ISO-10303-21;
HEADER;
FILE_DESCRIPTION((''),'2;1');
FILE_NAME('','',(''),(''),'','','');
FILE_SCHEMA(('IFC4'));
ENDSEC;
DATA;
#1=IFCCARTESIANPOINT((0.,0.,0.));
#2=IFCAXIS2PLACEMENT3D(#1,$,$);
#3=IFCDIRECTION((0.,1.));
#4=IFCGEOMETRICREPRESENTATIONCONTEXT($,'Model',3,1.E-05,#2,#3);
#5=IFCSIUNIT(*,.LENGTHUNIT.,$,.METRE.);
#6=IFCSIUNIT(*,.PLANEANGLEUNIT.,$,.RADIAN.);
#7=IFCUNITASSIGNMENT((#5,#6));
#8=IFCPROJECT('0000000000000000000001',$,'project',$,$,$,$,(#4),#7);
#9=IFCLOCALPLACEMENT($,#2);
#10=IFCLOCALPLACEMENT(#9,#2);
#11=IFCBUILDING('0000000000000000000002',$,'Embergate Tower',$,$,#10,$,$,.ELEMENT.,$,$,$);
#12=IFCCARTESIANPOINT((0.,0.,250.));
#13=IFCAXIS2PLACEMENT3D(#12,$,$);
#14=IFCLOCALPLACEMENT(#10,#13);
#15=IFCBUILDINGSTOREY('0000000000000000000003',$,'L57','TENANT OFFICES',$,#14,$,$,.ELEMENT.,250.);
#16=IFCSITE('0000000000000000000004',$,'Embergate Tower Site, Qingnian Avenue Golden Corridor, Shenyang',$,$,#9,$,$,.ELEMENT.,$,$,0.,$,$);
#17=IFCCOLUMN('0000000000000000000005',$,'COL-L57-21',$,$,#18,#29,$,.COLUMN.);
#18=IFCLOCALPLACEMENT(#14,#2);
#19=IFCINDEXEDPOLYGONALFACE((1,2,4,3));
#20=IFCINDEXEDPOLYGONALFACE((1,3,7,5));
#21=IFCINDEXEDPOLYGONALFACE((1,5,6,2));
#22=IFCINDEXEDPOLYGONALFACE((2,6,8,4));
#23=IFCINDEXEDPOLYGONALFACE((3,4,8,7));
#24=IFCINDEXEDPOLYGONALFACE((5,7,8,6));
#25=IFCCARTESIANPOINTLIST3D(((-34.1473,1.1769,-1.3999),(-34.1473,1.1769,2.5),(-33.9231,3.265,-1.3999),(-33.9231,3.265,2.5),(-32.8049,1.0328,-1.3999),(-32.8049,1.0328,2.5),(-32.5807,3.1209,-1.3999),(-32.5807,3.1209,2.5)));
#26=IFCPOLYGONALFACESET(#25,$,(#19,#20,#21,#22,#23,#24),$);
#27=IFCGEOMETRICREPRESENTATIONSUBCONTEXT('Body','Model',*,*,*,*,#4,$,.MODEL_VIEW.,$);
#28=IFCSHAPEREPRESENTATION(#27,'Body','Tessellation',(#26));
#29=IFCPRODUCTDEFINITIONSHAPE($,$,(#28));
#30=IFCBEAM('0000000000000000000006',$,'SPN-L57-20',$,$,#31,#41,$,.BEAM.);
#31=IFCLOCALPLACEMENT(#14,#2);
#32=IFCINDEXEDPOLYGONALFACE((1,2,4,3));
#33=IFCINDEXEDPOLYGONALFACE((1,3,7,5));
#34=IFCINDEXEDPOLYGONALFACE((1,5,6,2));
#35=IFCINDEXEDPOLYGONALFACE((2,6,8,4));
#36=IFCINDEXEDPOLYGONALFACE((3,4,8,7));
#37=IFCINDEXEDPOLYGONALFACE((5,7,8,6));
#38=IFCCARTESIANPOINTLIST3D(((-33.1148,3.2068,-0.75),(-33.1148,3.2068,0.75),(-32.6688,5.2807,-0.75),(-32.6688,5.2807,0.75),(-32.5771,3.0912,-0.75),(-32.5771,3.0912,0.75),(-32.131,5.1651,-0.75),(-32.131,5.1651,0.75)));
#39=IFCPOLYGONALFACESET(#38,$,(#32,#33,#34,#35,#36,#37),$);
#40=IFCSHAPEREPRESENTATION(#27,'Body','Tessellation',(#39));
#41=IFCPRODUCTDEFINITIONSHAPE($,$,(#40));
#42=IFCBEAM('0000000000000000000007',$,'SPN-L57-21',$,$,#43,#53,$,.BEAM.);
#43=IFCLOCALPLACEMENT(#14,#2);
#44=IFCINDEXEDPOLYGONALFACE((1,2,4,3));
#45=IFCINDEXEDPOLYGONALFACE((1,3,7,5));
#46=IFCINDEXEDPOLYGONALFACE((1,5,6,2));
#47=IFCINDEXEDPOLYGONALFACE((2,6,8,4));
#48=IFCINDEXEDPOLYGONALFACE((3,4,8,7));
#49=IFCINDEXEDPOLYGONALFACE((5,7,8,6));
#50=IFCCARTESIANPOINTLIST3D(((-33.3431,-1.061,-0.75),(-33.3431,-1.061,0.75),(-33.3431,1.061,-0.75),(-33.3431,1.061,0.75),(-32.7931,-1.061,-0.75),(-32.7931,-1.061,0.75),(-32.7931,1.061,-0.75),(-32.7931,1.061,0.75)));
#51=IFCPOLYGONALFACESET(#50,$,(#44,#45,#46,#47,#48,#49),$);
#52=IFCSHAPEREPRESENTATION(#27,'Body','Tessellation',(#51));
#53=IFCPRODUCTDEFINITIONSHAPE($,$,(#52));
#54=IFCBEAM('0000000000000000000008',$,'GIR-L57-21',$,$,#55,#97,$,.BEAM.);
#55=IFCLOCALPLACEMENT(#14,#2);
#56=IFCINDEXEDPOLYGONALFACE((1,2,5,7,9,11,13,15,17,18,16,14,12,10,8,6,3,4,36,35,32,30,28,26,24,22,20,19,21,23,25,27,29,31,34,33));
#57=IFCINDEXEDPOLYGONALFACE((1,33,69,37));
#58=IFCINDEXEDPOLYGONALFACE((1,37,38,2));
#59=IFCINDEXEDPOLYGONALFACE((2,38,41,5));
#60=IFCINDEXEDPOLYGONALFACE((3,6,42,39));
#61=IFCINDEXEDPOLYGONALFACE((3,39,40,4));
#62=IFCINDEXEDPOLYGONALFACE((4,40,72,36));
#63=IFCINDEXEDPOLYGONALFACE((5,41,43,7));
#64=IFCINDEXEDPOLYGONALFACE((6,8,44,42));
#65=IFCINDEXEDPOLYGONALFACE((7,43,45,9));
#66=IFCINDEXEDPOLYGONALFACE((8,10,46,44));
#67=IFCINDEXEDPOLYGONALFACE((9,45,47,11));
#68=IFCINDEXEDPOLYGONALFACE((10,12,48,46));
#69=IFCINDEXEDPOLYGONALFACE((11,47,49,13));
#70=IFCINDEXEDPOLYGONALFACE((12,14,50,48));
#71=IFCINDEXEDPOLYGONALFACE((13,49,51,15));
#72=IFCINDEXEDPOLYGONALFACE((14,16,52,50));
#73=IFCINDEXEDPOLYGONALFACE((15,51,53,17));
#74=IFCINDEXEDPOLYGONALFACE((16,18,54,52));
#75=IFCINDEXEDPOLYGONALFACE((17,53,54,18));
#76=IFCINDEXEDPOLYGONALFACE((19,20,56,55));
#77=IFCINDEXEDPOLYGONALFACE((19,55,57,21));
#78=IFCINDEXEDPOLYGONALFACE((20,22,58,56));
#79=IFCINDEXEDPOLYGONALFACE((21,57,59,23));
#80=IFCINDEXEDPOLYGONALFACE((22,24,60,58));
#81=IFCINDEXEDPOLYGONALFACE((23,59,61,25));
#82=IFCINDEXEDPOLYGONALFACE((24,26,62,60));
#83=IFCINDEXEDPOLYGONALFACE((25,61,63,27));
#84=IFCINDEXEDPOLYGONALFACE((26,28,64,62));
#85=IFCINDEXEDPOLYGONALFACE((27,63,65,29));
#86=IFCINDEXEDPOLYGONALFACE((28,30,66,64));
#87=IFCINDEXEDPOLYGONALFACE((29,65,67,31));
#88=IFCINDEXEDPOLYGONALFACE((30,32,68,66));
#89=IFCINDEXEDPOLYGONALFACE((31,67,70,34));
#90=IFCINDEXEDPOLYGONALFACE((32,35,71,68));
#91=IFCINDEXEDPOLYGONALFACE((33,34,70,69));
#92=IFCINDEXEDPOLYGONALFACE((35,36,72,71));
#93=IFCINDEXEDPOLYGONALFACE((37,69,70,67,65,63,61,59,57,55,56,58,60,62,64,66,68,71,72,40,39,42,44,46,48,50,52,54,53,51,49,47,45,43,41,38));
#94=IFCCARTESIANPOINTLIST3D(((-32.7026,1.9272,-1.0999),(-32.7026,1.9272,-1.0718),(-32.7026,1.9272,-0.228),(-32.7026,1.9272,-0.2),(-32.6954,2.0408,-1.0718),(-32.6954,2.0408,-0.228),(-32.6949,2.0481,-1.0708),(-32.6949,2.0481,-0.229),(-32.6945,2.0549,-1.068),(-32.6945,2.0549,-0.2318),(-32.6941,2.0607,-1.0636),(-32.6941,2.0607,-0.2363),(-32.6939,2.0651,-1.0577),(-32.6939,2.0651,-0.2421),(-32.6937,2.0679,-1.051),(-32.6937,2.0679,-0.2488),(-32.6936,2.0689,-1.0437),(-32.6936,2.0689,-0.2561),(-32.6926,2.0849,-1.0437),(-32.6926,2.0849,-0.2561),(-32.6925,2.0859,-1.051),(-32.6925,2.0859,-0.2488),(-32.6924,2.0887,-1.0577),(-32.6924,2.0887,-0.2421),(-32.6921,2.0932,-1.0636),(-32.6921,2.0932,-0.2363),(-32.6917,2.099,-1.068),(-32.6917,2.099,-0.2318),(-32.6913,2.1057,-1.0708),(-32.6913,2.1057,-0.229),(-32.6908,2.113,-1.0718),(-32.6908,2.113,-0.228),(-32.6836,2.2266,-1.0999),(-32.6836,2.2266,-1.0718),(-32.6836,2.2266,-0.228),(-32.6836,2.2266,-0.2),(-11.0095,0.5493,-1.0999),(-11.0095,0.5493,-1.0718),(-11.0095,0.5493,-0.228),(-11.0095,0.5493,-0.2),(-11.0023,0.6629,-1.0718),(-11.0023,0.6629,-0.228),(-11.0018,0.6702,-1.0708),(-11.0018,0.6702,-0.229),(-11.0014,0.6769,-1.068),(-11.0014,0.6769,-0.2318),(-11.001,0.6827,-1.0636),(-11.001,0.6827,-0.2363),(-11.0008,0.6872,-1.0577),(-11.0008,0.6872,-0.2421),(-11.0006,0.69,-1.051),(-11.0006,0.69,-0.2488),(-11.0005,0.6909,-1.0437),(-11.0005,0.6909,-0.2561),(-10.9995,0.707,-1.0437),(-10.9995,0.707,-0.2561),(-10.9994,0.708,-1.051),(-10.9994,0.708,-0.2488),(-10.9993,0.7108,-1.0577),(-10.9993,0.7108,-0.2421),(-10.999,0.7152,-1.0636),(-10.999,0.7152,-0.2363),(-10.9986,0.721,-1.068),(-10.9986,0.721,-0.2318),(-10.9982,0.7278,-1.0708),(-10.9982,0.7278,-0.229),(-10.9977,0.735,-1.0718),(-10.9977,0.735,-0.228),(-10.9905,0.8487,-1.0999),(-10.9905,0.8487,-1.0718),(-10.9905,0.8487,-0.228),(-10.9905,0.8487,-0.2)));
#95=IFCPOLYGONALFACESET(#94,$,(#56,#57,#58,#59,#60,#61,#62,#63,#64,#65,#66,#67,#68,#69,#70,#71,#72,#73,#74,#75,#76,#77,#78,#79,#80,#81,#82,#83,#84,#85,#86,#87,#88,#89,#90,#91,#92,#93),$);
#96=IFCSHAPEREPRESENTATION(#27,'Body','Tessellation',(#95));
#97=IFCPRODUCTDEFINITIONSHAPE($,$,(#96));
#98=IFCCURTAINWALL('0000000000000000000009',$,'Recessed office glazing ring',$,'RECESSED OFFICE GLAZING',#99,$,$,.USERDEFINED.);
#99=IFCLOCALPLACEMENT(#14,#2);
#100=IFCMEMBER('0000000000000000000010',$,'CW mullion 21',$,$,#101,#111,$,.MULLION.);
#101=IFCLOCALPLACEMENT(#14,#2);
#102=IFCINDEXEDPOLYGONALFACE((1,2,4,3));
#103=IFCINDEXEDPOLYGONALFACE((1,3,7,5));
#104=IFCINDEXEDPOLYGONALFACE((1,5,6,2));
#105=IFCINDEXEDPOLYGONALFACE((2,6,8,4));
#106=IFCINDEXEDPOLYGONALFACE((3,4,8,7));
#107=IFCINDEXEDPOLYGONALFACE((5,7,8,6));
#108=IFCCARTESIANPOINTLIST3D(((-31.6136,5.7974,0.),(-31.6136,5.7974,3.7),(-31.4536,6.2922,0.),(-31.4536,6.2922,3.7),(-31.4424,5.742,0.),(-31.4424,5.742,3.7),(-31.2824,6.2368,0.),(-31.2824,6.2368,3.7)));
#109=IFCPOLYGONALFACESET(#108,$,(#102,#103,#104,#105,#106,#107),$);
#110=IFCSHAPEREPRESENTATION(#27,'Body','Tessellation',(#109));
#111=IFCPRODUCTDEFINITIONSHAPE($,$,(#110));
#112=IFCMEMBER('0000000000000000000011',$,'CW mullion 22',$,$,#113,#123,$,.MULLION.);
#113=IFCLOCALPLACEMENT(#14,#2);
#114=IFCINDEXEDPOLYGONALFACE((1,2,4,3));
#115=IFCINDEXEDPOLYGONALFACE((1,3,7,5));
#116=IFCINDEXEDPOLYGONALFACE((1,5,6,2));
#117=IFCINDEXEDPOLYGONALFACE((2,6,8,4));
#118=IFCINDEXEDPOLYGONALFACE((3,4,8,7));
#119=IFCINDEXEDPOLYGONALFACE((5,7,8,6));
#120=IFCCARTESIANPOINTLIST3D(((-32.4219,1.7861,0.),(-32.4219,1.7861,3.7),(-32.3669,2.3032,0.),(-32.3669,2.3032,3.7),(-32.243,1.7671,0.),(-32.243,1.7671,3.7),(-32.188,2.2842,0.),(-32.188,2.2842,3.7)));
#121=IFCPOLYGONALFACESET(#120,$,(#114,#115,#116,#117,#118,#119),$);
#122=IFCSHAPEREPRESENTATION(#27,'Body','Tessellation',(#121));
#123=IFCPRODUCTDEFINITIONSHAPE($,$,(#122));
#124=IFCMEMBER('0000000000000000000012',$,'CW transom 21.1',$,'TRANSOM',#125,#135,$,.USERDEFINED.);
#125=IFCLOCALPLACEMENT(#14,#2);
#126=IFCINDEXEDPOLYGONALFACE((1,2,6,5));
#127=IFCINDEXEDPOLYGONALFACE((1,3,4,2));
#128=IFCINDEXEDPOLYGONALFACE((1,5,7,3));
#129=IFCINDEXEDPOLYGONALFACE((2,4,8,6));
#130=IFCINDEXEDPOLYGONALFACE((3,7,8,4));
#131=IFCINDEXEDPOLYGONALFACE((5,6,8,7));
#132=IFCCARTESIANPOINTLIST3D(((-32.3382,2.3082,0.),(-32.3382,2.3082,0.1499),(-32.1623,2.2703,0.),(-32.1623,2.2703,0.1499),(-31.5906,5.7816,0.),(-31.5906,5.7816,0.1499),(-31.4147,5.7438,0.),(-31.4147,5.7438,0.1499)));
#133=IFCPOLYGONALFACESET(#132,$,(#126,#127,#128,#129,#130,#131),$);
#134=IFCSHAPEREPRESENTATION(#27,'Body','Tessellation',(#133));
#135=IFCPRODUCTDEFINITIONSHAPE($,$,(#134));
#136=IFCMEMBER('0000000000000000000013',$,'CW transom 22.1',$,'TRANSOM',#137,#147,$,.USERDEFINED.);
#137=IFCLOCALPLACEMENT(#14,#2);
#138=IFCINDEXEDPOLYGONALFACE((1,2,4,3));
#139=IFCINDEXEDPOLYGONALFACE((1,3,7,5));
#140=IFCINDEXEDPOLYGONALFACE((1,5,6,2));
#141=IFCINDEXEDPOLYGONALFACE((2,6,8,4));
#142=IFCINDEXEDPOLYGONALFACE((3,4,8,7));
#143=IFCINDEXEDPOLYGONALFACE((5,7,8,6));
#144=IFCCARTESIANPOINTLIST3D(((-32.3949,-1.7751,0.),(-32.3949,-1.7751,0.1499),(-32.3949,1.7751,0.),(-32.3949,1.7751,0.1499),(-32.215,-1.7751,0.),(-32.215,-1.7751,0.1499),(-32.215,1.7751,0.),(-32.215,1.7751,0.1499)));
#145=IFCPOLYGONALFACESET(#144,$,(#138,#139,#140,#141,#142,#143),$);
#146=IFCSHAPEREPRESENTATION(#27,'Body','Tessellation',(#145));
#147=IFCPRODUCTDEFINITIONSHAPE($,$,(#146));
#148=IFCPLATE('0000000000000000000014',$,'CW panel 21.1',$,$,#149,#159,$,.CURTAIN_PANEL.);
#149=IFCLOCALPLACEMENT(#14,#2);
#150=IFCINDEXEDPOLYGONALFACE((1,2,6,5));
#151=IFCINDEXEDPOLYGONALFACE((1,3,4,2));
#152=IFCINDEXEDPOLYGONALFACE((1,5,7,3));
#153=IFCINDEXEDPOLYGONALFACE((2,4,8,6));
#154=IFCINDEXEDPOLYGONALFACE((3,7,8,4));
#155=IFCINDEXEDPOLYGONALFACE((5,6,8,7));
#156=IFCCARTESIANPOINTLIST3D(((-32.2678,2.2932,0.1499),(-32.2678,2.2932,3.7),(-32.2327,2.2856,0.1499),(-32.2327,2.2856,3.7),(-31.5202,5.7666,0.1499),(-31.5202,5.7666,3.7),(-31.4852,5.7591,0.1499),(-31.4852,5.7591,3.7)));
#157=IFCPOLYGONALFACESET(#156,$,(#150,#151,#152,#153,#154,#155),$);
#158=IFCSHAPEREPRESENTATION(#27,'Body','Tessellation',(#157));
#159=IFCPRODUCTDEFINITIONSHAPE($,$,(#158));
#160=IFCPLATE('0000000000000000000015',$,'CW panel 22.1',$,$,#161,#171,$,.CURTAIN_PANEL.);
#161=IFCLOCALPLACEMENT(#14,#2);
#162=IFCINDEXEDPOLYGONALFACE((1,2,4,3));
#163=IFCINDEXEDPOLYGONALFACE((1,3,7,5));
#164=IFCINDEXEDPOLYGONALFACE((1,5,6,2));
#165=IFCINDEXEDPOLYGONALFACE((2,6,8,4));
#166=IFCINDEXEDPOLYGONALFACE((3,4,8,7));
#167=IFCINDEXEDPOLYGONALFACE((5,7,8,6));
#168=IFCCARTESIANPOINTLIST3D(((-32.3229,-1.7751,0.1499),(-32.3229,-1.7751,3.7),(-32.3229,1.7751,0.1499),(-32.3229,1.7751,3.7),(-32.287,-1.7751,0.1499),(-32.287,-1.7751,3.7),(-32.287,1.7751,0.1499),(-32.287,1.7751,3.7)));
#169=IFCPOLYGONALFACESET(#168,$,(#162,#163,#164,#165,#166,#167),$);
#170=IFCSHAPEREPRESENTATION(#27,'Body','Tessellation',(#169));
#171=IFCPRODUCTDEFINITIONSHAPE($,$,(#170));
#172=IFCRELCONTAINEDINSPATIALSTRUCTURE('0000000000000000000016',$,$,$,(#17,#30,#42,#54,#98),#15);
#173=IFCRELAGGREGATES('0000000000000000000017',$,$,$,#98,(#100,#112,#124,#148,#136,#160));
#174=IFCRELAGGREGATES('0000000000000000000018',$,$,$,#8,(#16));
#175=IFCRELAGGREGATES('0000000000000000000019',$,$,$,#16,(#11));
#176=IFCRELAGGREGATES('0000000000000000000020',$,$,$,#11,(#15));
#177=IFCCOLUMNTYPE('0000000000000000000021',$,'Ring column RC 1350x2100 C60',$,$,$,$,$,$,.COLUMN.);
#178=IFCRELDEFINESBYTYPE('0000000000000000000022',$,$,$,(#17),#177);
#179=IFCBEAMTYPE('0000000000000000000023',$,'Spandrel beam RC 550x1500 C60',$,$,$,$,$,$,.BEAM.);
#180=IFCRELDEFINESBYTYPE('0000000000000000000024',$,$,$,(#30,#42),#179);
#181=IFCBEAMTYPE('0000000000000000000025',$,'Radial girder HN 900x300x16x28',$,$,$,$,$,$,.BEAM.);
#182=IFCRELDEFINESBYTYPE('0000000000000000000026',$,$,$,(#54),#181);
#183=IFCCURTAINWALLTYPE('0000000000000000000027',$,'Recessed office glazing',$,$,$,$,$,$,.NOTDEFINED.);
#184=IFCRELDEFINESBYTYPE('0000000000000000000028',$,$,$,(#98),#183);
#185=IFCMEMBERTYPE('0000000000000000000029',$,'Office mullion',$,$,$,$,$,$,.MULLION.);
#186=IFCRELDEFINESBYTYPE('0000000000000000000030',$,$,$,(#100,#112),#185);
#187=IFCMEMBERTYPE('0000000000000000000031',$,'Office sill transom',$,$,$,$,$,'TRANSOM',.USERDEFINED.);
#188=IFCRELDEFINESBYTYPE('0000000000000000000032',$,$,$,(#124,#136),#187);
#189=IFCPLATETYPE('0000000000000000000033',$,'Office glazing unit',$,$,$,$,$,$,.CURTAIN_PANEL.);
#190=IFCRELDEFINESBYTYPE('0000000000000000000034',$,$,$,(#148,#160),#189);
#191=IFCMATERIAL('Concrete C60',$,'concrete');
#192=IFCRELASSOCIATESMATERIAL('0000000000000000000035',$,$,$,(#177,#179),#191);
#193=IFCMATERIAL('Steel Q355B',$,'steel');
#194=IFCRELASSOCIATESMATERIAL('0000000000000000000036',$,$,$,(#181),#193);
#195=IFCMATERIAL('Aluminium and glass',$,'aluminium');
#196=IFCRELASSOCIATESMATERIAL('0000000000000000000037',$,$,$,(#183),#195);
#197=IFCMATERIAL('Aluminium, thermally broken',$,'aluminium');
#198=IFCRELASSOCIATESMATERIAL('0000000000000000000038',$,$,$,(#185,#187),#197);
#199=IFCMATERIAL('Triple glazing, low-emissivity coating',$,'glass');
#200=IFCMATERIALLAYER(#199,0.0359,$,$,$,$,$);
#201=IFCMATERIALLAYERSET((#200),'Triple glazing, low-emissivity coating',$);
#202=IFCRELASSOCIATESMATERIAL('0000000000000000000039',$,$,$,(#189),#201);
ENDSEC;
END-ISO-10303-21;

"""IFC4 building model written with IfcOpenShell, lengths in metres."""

from ifc_helpers import new_model, si_unit, direction, frame, origin, origin_2d, place, context, subcontext, project, spatial, rectangle, i_section, extrude, source, transform, mapped, material, layer, layer_set, material_profile, profile_set, type_object, element, aggregate, save


model = new_model("IFC4")

# Units and contexts
model_context = context("Model", 3, precision=1e-05, world=origin(), true_north=direction((0.0, 1.0)))
body_context = subcontext(model_context, "Body", "Model", "MODEL_VIEW")
ifc_project = project(units=[si_unit("LENGTHUNIT", "METRE"), si_unit("PLANEANGLEUNIT", "RADIAN")], contexts=[model_context])

# Site, building, storey
site_placement = place(None, origin())
site = spatial("IfcSite", under=ifc_project, at=site_placement, Name="Embergate Tower Site, Qingnian Avenue Golden Corridor, Shenyang", CompositionType="ELEMENT", RefElevation=0.0)
building_placement = place(site_placement, origin())
building = spatial("IfcBuilding", under=site, at=building_placement, Name="Embergate Tower", CompositionType="ELEMENT")
storey_placement = place(building_placement, frame((0.0, 0.0, 250.0)))
storey = spatial("IfcBuildingStorey", under=building, at=storey_placement, Name="L57", Description="TENANT OFFICES", CompositionType="ELEMENT", Elevation=250.0)

# Column
ifc_material_1 = material(Name="Concrete C60", Category="concrete")
ifc_material_profile_1 = material_profile(ifc_material_1, rectangle(XDim=1.3501, YDim=2.1001, at=origin_2d()), Name="RC 1350x2100")
ifc_profile_set_1 = profile_set([ifc_material_profile_1], Name="Concrete C60")
column_type = type_object("IfcColumnType", Name="Ring column RC 1350x2100 C60", PredefinedType="COLUMN", material=ifc_profile_set_1)
shared_shape_1 = source(origin(), body_context, "Body", "SweptSolid", [
    extrude(rectangle(XDim=1.3501, YDim=2.1001, at=origin_2d()), origin(), (0.0, 0.0, 1.0), 3.8999),
])
column_placement = place(storey_placement, frame((-33.364, 2.1489, -1.3999), z_axis=(0.0, 0.0, 1.0), x_axis=(-0.994286, 0.10675, 0.0)))
element("IfcColumn", 1, at=column_placement, inside=storey, type_object=column_type, Name="COL-L57-21", PredefinedType="COLUMN", context=body_context, shape_type="MappedRepresentation", body=[
    mapped(shared_shape_1, transform((0.0, 0.0, 0.0))),
])

# Beams
ifc_material_profile_2 = material_profile(ifc_material_1, rectangle(XDim=0.55, YDim=1.5, at=origin_2d()), Name="RC 550x1500")
ifc_profile_set_2 = profile_set([ifc_material_profile_2], Name="Concrete C60")
beam_type_1 = type_object("IfcBeamType", Name="Spandrel beam RC 550x1500 C60", PredefinedType="BEAM", material=ifc_profile_set_2)
shared_shape_2 = source(origin(), body_context, "Body", "SweptSolid", [
    extrude(rectangle(XDim=0.55, YDim=1.5, at=origin_2d()), origin(), (0.0, 0.0, 1.0), 2.1213),
])
beam_1_placement = place(storey_placement, frame((-32.3999, 5.2229, 0.0), z_axis=(-0.21026, -0.977646, 0.0), x_axis=(0.977646, -0.21026, 0.0)))
element("IfcBeam", 2, at=beam_1_placement, inside=storey, type_object=beam_type_1, Name="SPN-L57-20", PredefinedType="BEAM", context=body_context, shape_type="MappedRepresentation", body=[
    mapped(shared_shape_2, transform((0.0, 0.0, 0.0))),
])
shared_shape_3 = source(origin(), body_context, "Body", "SweptSolid", [
    extrude(rectangle(XDim=0.55, YDim=1.5, at=origin_2d()), origin(), (0.0, 0.0, 1.0), 2.1221),
])
beam_2_placement = place(storey_placement, frame((-33.0681, 1.061, 0.0), z_axis=(0.0, -1.0, 0.0), x_axis=(1.0, 0.0, 0.0)))
element("IfcBeam", 3, at=beam_2_placement, inside=storey, type_object=beam_type_1, Name="SPN-L57-21", PredefinedType="BEAM", context=body_context, shape_type="MappedRepresentation", body=[
    mapped(shared_shape_3, transform((0.0, 0.0, 0.0))),
])
ifc_material_2 = material(Name="Steel Q355B", Category="steel")
ifc_material_profile_3 = material_profile(ifc_material_2, i_section(OverallWidth=0.3, OverallDepth=0.8999, WebThickness=0.0161, FlangeThickness=0.0281, FilletRadius=0.0281, at=origin_2d()), Name="HN 900x300x16x28")
ifc_profile_set_3 = profile_set([ifc_material_profile_3], Name="Steel Q355 grade B")
beam_type_2 = type_object("IfcBeamType", Name="Radial girder HN 900x300x16x28", PredefinedType="BEAM", material=ifc_profile_set_3)
shared_shape_4 = source(origin(), body_context, "Body", "SweptSolid", [
    extrude(i_section(OverallWidth=0.3, OverallDepth=0.8999, WebThickness=0.0161, FlangeThickness=0.0281, FilletRadius=0.0281, at=origin_2d()), origin(), (0.0, 0.0, 1.0), 21.7368),
])
beam_3_placement = place(storey_placement, frame((-32.6931, 2.0769, -0.6499), z_axis=(0.997989, -0.063391, 0.0), x_axis=(0.063391, 0.997989, 0.0)))
element("IfcBeam", 4, at=beam_3_placement, inside=storey, type_object=beam_type_2, Name="GIR-L57-21", PredefinedType="BEAM", context=body_context, shape_type="MappedRepresentation", body=[
    mapped(shared_shape_4, transform((0.0, 0.0, 0.0))),
])

# Curtain wall, members, plates
ifc_material_3 = material(Name="Aluminium and glass", Category="aluminium")
curtain_wall_type = type_object("IfcCurtainWallType", Name="Recessed office glazing", PredefinedType="NOTDEFINED", material=ifc_material_3)
curtain_wall_placement = place(storey_placement, origin())
curtain_wall = element("IfcCurtainWall", 5, at=curtain_wall_placement, inside=storey, type_object=curtain_wall_type, Name="Recessed office glazing ring", ObjectType="RECESSED OFFICE GLAZING", PredefinedType="USERDEFINED")
ifc_material_4 = material(Name="Aluminium, thermally broken", Category="aluminium")
ifc_material_profile_4 = material_profile(ifc_material_4, rectangle(XDim=0.1799, YDim=0.52, at=origin_2d()), Name="AL 520x180")
ifc_profile_set_4 = profile_set([ifc_material_profile_4], Name="Aluminium, thermally broken")
member_type_1 = type_object("IfcMemberType", Name="Office mullion", PredefinedType="MULLION", material=ifc_profile_set_4)
shared_shape_5 = source(origin(), body_context, "Body", "SweptSolid", [
    extrude(rectangle(XDim=0.1799, YDim=0.52, at=origin_2d()), origin(), (0.0, 0.0, 1.0), 3.7),
])
member_1_placement = place(storey_placement, frame((-31.448, 6.0171, 0.0), z_axis=(0.0, 0.0, 1.0), x_axis=(0.951496, -0.307662, 0.0)))
member_1 = element("IfcMember", 6, at=member_1_placement, type_object=member_type_1, Name="CW mullion 21", PredefinedType="MULLION", context=body_context, shape_type="MappedRepresentation", body=[
    mapped(shared_shape_5, transform((0.0, 0.0, 0.0))),
])
member_2_placement = place(storey_placement, frame((-32.3049, 2.0352, 0.0), z_axis=(0.0, 0.0, 1.0), x_axis=(0.994385, -0.105827, 0.0)))
member_2 = element("IfcMember", 7, at=member_2_placement, type_object=member_type_1, Name="CW mullion 22", PredefinedType="MULLION", context=body_context, shape_type="MappedRepresentation", body=[
    mapped(shared_shape_5, transform((0.0, 0.0, 0.0))),
])
ifc_material_profile_5 = material_profile(ifc_material_4, rectangle(XDim=0.1799, YDim=0.1499, at=origin_2d()), Name="AL 150x180")
ifc_profile_set_5 = profile_set([ifc_material_profile_5], Name="Aluminium, thermally broken")
member_type_2 = type_object("IfcMemberType", Name="Office sill transom", ElementType="TRANSOM", PredefinedType="USERDEFINED", material=ifc_profile_set_5)
shared_shape_6 = source(origin(), body_context, "Body", "SweptSolid", [
    extrude(rectangle(XDim=0.1799, YDim=0.1499, at=origin_2d()), origin(), (0.0, 0.0, 1.0), 3.553),
])
member_3_placement = place(storey_placement, frame((-31.5027, 5.7627, 0.075), z_axis=(-0.210407, -0.977614, 0.0), x_axis=(0.977614, -0.210407, 0.0)))
member_3 = element("IfcMember", 8, at=member_3_placement, type_object=member_type_2, Name="CW transom 21.1", ObjectType="TRANSOM", PredefinedType="USERDEFINED", context=body_context, shape_type="MappedRepresentation", body=[
    mapped(shared_shape_6, transform((0.0, 0.0, 0.0))),
])
shared_shape_7 = source(origin(), body_context, "Body", "SweptSolid", [
    extrude(rectangle(XDim=0.1799, YDim=0.1499, at=origin_2d()), origin(), (0.0, 0.0, 1.0), 3.5503),
])
member_4_placement = place(storey_placement, frame((-32.3049, 1.7751, 0.075), z_axis=(0.0, -1.0, 0.0), x_axis=(1.0, 0.0, 0.0)))
member_4 = element("IfcMember", 9, at=member_4_placement, type_object=member_type_2, Name="CW transom 22.1", ObjectType="TRANSOM", PredefinedType="USERDEFINED", context=body_context, shape_type="MappedRepresentation", body=[
    mapped(shared_shape_7, transform((0.0, 0.0, 0.0))),
])
ifc_material_5 = material(Name="Triple glazing, low-emissivity coating", Category="glass")
ifc_layer_1 = layer(ifc_material_5, 0.0359)
ifc_layer_set_1 = layer_set([ifc_layer_1], Name="Triple glazing, low-emissivity coating")
plate_type = type_object("IfcPlateType", Name="Office glazing unit", PredefinedType="CURTAIN_PANEL", material=ifc_layer_set_1)
shared_shape_8 = source(origin(), body_context, "Body", "SweptSolid", [
    extrude(rectangle(XDim=3.553, YDim=0.0359, at=origin_2d()), origin(), (0.0, 0.0, 1.0), 3.55),
])
plate_1_placement = place(storey_placement, frame((-31.8765, 4.0261, 0.1499), z_axis=(0.0, 0.0, 1.0), x_axis=(-0.210398, -0.977616, 0.0)))
plate_1 = element("IfcPlate", 10, at=plate_1_placement, type_object=plate_type, Name="CW panel 21.1", PredefinedType="CURTAIN_PANEL", context=body_context, shape_type="MappedRepresentation", body=[
    mapped(shared_shape_8, transform((0.0, 0.0, 0.0))),
])
shared_shape_9 = source(origin(), body_context, "Body", "SweptSolid", [
    extrude(rectangle(XDim=3.5503, YDim=0.0359, at=origin_2d()), origin(), (0.0, 0.0, 1.0), 3.55),
])
plate_2_placement = place(storey_placement, frame((-32.3049, 0.0, 0.1499), z_axis=(0.0, 0.0, 1.0), x_axis=(0.0, -1.0, 0.0)))
plate_2 = element("IfcPlate", 11, at=plate_2_placement, type_object=plate_type, Name="CW panel 22.1", PredefinedType="CURTAIN_PANEL", context=body_context, shape_type="MappedRepresentation", body=[
    mapped(shared_shape_9, transform((0.0, 0.0, 0.0))),
])
aggregate(curtain_wall, [member_1, member_2, member_3, plate_1, member_4, plate_2])

save(model, "model.ifc")
